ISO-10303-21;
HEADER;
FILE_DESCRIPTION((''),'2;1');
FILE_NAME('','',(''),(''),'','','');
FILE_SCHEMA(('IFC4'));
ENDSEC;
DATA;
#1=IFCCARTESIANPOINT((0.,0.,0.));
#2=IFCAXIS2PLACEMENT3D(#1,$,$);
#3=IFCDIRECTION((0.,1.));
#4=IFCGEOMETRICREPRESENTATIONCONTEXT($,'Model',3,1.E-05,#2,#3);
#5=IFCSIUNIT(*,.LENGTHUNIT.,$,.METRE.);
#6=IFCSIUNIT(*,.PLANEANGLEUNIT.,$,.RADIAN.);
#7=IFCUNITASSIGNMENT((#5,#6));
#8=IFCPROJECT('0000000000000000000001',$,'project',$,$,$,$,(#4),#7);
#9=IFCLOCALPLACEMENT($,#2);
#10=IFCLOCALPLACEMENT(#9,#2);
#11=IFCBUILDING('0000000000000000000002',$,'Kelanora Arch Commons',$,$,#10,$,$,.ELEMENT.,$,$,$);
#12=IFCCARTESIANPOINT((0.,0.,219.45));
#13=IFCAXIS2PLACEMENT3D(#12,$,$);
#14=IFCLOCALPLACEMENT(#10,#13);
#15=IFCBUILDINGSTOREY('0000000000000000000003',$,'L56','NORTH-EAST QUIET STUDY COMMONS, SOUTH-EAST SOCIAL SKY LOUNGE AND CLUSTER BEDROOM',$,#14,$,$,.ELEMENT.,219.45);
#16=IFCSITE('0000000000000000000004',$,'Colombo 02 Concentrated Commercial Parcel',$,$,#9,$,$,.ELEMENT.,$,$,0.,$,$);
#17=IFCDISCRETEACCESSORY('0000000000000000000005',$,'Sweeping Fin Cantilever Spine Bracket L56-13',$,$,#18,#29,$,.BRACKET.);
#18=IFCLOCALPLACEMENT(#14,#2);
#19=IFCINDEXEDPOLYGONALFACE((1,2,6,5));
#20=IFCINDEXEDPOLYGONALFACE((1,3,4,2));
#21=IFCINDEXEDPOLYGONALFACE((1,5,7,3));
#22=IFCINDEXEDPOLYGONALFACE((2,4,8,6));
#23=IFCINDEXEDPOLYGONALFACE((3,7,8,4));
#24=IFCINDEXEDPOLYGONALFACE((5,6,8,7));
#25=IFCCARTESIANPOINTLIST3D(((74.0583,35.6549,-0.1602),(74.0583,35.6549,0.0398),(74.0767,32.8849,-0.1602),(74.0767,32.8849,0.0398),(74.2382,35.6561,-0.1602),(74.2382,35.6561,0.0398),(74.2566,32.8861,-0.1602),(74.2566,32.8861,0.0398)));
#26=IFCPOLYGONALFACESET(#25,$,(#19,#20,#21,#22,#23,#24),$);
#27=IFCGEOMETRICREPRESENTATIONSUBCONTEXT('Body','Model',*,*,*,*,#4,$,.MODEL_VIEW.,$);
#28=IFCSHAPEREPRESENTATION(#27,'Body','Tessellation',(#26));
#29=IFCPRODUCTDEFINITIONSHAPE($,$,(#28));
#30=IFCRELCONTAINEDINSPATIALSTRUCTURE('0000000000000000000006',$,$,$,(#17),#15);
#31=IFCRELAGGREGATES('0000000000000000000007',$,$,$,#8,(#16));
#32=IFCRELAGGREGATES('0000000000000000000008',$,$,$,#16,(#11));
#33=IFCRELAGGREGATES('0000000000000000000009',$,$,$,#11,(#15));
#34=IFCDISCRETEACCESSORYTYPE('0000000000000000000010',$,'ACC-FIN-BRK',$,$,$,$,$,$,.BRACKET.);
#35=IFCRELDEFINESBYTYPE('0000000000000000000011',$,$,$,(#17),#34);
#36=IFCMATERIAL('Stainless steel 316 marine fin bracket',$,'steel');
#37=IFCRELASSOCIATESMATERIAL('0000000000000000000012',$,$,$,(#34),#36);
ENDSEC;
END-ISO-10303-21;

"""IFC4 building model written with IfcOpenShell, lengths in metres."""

from ifc_helpers import new_model, si_unit, direction, frame, origin, origin_2d, place, context, subcontext, project, spatial, rectangle, extrude, source, transform, mapped, material, type_object, element, save


model = new_model("IFC4")

# Units and contexts
model_context = context("Model", 3, precision=1e-05, world=origin(), true_north=direction((0.0, 1.0)))
body_context = subcontext(model_context, "Body", "Model", "MODEL_VIEW")
ifc_project = project(units=[si_unit("LENGTHUNIT", "METRE"), si_unit("PLANEANGLEUNIT", "RADIAN")], contexts=[model_context])

# Site, building, storey
site_placement = place(None, origin())
site = spatial("IfcSite", under=ifc_project, at=site_placement, Name="Colombo 02 Concentrated Commercial Parcel", CompositionType="ELEMENT", RefElevation=0.0)
building_placement = place(site_placement, origin())
building = spatial("IfcBuilding", under=site, at=building_placement, Name="Kelanora Arch Commons", CompositionType="ELEMENT")
storey_placement = place(building_placement, frame((0.0, 0.0, 219.45)))
storey = spatial("IfcBuildingStorey", under=building, at=storey_placement, Name="L56", Description="NORTH-EAST QUIET STUDY COMMONS, SOUTH-EAST SOCIAL SKY LOUNGE AND CLUSTER BEDROOM", CompositionType="ELEMENT", Elevation=219.45)

# Discrete accessory
ifc_material_1 = material(Name="Stainless steel 316 marine fin bracket", Category="steel")
discrete_accessory_type = type_object("IfcDiscreteAccessoryType", Name="ACC-FIN-BRK", PredefinedType="BRACKET", material=ifc_material_1)
shared_shape_1 = source(origin(), body_context, "Body", "SweptSolid", [
    extrude(rectangle(XDim=2.77, YDim=0.1799, at=origin_2d()), origin(), (0.0, 0.0, 1.0), 0.2),
])
discrete_accessory_placement = place(storey_placement, frame((74.1575, 34.2705, -0.1602), z_axis=(0.0, 0.0, 1.0), x_axis=(0.006632, -0.999978, 0.0)))
element("IfcDiscreteAccessory", 1, at=discrete_accessory_placement, inside=storey, type_object=discrete_accessory_type, Name="Sweeping Fin Cantilever Spine Bracket L56-13", PredefinedType="BRACKET", context=body_context, shape_type="MappedRepresentation", body=[
    mapped(shared_shape_1, transform((0.0, 0.0, 0.0), scale=1.0)),
])

save(model, "model.ifc")
